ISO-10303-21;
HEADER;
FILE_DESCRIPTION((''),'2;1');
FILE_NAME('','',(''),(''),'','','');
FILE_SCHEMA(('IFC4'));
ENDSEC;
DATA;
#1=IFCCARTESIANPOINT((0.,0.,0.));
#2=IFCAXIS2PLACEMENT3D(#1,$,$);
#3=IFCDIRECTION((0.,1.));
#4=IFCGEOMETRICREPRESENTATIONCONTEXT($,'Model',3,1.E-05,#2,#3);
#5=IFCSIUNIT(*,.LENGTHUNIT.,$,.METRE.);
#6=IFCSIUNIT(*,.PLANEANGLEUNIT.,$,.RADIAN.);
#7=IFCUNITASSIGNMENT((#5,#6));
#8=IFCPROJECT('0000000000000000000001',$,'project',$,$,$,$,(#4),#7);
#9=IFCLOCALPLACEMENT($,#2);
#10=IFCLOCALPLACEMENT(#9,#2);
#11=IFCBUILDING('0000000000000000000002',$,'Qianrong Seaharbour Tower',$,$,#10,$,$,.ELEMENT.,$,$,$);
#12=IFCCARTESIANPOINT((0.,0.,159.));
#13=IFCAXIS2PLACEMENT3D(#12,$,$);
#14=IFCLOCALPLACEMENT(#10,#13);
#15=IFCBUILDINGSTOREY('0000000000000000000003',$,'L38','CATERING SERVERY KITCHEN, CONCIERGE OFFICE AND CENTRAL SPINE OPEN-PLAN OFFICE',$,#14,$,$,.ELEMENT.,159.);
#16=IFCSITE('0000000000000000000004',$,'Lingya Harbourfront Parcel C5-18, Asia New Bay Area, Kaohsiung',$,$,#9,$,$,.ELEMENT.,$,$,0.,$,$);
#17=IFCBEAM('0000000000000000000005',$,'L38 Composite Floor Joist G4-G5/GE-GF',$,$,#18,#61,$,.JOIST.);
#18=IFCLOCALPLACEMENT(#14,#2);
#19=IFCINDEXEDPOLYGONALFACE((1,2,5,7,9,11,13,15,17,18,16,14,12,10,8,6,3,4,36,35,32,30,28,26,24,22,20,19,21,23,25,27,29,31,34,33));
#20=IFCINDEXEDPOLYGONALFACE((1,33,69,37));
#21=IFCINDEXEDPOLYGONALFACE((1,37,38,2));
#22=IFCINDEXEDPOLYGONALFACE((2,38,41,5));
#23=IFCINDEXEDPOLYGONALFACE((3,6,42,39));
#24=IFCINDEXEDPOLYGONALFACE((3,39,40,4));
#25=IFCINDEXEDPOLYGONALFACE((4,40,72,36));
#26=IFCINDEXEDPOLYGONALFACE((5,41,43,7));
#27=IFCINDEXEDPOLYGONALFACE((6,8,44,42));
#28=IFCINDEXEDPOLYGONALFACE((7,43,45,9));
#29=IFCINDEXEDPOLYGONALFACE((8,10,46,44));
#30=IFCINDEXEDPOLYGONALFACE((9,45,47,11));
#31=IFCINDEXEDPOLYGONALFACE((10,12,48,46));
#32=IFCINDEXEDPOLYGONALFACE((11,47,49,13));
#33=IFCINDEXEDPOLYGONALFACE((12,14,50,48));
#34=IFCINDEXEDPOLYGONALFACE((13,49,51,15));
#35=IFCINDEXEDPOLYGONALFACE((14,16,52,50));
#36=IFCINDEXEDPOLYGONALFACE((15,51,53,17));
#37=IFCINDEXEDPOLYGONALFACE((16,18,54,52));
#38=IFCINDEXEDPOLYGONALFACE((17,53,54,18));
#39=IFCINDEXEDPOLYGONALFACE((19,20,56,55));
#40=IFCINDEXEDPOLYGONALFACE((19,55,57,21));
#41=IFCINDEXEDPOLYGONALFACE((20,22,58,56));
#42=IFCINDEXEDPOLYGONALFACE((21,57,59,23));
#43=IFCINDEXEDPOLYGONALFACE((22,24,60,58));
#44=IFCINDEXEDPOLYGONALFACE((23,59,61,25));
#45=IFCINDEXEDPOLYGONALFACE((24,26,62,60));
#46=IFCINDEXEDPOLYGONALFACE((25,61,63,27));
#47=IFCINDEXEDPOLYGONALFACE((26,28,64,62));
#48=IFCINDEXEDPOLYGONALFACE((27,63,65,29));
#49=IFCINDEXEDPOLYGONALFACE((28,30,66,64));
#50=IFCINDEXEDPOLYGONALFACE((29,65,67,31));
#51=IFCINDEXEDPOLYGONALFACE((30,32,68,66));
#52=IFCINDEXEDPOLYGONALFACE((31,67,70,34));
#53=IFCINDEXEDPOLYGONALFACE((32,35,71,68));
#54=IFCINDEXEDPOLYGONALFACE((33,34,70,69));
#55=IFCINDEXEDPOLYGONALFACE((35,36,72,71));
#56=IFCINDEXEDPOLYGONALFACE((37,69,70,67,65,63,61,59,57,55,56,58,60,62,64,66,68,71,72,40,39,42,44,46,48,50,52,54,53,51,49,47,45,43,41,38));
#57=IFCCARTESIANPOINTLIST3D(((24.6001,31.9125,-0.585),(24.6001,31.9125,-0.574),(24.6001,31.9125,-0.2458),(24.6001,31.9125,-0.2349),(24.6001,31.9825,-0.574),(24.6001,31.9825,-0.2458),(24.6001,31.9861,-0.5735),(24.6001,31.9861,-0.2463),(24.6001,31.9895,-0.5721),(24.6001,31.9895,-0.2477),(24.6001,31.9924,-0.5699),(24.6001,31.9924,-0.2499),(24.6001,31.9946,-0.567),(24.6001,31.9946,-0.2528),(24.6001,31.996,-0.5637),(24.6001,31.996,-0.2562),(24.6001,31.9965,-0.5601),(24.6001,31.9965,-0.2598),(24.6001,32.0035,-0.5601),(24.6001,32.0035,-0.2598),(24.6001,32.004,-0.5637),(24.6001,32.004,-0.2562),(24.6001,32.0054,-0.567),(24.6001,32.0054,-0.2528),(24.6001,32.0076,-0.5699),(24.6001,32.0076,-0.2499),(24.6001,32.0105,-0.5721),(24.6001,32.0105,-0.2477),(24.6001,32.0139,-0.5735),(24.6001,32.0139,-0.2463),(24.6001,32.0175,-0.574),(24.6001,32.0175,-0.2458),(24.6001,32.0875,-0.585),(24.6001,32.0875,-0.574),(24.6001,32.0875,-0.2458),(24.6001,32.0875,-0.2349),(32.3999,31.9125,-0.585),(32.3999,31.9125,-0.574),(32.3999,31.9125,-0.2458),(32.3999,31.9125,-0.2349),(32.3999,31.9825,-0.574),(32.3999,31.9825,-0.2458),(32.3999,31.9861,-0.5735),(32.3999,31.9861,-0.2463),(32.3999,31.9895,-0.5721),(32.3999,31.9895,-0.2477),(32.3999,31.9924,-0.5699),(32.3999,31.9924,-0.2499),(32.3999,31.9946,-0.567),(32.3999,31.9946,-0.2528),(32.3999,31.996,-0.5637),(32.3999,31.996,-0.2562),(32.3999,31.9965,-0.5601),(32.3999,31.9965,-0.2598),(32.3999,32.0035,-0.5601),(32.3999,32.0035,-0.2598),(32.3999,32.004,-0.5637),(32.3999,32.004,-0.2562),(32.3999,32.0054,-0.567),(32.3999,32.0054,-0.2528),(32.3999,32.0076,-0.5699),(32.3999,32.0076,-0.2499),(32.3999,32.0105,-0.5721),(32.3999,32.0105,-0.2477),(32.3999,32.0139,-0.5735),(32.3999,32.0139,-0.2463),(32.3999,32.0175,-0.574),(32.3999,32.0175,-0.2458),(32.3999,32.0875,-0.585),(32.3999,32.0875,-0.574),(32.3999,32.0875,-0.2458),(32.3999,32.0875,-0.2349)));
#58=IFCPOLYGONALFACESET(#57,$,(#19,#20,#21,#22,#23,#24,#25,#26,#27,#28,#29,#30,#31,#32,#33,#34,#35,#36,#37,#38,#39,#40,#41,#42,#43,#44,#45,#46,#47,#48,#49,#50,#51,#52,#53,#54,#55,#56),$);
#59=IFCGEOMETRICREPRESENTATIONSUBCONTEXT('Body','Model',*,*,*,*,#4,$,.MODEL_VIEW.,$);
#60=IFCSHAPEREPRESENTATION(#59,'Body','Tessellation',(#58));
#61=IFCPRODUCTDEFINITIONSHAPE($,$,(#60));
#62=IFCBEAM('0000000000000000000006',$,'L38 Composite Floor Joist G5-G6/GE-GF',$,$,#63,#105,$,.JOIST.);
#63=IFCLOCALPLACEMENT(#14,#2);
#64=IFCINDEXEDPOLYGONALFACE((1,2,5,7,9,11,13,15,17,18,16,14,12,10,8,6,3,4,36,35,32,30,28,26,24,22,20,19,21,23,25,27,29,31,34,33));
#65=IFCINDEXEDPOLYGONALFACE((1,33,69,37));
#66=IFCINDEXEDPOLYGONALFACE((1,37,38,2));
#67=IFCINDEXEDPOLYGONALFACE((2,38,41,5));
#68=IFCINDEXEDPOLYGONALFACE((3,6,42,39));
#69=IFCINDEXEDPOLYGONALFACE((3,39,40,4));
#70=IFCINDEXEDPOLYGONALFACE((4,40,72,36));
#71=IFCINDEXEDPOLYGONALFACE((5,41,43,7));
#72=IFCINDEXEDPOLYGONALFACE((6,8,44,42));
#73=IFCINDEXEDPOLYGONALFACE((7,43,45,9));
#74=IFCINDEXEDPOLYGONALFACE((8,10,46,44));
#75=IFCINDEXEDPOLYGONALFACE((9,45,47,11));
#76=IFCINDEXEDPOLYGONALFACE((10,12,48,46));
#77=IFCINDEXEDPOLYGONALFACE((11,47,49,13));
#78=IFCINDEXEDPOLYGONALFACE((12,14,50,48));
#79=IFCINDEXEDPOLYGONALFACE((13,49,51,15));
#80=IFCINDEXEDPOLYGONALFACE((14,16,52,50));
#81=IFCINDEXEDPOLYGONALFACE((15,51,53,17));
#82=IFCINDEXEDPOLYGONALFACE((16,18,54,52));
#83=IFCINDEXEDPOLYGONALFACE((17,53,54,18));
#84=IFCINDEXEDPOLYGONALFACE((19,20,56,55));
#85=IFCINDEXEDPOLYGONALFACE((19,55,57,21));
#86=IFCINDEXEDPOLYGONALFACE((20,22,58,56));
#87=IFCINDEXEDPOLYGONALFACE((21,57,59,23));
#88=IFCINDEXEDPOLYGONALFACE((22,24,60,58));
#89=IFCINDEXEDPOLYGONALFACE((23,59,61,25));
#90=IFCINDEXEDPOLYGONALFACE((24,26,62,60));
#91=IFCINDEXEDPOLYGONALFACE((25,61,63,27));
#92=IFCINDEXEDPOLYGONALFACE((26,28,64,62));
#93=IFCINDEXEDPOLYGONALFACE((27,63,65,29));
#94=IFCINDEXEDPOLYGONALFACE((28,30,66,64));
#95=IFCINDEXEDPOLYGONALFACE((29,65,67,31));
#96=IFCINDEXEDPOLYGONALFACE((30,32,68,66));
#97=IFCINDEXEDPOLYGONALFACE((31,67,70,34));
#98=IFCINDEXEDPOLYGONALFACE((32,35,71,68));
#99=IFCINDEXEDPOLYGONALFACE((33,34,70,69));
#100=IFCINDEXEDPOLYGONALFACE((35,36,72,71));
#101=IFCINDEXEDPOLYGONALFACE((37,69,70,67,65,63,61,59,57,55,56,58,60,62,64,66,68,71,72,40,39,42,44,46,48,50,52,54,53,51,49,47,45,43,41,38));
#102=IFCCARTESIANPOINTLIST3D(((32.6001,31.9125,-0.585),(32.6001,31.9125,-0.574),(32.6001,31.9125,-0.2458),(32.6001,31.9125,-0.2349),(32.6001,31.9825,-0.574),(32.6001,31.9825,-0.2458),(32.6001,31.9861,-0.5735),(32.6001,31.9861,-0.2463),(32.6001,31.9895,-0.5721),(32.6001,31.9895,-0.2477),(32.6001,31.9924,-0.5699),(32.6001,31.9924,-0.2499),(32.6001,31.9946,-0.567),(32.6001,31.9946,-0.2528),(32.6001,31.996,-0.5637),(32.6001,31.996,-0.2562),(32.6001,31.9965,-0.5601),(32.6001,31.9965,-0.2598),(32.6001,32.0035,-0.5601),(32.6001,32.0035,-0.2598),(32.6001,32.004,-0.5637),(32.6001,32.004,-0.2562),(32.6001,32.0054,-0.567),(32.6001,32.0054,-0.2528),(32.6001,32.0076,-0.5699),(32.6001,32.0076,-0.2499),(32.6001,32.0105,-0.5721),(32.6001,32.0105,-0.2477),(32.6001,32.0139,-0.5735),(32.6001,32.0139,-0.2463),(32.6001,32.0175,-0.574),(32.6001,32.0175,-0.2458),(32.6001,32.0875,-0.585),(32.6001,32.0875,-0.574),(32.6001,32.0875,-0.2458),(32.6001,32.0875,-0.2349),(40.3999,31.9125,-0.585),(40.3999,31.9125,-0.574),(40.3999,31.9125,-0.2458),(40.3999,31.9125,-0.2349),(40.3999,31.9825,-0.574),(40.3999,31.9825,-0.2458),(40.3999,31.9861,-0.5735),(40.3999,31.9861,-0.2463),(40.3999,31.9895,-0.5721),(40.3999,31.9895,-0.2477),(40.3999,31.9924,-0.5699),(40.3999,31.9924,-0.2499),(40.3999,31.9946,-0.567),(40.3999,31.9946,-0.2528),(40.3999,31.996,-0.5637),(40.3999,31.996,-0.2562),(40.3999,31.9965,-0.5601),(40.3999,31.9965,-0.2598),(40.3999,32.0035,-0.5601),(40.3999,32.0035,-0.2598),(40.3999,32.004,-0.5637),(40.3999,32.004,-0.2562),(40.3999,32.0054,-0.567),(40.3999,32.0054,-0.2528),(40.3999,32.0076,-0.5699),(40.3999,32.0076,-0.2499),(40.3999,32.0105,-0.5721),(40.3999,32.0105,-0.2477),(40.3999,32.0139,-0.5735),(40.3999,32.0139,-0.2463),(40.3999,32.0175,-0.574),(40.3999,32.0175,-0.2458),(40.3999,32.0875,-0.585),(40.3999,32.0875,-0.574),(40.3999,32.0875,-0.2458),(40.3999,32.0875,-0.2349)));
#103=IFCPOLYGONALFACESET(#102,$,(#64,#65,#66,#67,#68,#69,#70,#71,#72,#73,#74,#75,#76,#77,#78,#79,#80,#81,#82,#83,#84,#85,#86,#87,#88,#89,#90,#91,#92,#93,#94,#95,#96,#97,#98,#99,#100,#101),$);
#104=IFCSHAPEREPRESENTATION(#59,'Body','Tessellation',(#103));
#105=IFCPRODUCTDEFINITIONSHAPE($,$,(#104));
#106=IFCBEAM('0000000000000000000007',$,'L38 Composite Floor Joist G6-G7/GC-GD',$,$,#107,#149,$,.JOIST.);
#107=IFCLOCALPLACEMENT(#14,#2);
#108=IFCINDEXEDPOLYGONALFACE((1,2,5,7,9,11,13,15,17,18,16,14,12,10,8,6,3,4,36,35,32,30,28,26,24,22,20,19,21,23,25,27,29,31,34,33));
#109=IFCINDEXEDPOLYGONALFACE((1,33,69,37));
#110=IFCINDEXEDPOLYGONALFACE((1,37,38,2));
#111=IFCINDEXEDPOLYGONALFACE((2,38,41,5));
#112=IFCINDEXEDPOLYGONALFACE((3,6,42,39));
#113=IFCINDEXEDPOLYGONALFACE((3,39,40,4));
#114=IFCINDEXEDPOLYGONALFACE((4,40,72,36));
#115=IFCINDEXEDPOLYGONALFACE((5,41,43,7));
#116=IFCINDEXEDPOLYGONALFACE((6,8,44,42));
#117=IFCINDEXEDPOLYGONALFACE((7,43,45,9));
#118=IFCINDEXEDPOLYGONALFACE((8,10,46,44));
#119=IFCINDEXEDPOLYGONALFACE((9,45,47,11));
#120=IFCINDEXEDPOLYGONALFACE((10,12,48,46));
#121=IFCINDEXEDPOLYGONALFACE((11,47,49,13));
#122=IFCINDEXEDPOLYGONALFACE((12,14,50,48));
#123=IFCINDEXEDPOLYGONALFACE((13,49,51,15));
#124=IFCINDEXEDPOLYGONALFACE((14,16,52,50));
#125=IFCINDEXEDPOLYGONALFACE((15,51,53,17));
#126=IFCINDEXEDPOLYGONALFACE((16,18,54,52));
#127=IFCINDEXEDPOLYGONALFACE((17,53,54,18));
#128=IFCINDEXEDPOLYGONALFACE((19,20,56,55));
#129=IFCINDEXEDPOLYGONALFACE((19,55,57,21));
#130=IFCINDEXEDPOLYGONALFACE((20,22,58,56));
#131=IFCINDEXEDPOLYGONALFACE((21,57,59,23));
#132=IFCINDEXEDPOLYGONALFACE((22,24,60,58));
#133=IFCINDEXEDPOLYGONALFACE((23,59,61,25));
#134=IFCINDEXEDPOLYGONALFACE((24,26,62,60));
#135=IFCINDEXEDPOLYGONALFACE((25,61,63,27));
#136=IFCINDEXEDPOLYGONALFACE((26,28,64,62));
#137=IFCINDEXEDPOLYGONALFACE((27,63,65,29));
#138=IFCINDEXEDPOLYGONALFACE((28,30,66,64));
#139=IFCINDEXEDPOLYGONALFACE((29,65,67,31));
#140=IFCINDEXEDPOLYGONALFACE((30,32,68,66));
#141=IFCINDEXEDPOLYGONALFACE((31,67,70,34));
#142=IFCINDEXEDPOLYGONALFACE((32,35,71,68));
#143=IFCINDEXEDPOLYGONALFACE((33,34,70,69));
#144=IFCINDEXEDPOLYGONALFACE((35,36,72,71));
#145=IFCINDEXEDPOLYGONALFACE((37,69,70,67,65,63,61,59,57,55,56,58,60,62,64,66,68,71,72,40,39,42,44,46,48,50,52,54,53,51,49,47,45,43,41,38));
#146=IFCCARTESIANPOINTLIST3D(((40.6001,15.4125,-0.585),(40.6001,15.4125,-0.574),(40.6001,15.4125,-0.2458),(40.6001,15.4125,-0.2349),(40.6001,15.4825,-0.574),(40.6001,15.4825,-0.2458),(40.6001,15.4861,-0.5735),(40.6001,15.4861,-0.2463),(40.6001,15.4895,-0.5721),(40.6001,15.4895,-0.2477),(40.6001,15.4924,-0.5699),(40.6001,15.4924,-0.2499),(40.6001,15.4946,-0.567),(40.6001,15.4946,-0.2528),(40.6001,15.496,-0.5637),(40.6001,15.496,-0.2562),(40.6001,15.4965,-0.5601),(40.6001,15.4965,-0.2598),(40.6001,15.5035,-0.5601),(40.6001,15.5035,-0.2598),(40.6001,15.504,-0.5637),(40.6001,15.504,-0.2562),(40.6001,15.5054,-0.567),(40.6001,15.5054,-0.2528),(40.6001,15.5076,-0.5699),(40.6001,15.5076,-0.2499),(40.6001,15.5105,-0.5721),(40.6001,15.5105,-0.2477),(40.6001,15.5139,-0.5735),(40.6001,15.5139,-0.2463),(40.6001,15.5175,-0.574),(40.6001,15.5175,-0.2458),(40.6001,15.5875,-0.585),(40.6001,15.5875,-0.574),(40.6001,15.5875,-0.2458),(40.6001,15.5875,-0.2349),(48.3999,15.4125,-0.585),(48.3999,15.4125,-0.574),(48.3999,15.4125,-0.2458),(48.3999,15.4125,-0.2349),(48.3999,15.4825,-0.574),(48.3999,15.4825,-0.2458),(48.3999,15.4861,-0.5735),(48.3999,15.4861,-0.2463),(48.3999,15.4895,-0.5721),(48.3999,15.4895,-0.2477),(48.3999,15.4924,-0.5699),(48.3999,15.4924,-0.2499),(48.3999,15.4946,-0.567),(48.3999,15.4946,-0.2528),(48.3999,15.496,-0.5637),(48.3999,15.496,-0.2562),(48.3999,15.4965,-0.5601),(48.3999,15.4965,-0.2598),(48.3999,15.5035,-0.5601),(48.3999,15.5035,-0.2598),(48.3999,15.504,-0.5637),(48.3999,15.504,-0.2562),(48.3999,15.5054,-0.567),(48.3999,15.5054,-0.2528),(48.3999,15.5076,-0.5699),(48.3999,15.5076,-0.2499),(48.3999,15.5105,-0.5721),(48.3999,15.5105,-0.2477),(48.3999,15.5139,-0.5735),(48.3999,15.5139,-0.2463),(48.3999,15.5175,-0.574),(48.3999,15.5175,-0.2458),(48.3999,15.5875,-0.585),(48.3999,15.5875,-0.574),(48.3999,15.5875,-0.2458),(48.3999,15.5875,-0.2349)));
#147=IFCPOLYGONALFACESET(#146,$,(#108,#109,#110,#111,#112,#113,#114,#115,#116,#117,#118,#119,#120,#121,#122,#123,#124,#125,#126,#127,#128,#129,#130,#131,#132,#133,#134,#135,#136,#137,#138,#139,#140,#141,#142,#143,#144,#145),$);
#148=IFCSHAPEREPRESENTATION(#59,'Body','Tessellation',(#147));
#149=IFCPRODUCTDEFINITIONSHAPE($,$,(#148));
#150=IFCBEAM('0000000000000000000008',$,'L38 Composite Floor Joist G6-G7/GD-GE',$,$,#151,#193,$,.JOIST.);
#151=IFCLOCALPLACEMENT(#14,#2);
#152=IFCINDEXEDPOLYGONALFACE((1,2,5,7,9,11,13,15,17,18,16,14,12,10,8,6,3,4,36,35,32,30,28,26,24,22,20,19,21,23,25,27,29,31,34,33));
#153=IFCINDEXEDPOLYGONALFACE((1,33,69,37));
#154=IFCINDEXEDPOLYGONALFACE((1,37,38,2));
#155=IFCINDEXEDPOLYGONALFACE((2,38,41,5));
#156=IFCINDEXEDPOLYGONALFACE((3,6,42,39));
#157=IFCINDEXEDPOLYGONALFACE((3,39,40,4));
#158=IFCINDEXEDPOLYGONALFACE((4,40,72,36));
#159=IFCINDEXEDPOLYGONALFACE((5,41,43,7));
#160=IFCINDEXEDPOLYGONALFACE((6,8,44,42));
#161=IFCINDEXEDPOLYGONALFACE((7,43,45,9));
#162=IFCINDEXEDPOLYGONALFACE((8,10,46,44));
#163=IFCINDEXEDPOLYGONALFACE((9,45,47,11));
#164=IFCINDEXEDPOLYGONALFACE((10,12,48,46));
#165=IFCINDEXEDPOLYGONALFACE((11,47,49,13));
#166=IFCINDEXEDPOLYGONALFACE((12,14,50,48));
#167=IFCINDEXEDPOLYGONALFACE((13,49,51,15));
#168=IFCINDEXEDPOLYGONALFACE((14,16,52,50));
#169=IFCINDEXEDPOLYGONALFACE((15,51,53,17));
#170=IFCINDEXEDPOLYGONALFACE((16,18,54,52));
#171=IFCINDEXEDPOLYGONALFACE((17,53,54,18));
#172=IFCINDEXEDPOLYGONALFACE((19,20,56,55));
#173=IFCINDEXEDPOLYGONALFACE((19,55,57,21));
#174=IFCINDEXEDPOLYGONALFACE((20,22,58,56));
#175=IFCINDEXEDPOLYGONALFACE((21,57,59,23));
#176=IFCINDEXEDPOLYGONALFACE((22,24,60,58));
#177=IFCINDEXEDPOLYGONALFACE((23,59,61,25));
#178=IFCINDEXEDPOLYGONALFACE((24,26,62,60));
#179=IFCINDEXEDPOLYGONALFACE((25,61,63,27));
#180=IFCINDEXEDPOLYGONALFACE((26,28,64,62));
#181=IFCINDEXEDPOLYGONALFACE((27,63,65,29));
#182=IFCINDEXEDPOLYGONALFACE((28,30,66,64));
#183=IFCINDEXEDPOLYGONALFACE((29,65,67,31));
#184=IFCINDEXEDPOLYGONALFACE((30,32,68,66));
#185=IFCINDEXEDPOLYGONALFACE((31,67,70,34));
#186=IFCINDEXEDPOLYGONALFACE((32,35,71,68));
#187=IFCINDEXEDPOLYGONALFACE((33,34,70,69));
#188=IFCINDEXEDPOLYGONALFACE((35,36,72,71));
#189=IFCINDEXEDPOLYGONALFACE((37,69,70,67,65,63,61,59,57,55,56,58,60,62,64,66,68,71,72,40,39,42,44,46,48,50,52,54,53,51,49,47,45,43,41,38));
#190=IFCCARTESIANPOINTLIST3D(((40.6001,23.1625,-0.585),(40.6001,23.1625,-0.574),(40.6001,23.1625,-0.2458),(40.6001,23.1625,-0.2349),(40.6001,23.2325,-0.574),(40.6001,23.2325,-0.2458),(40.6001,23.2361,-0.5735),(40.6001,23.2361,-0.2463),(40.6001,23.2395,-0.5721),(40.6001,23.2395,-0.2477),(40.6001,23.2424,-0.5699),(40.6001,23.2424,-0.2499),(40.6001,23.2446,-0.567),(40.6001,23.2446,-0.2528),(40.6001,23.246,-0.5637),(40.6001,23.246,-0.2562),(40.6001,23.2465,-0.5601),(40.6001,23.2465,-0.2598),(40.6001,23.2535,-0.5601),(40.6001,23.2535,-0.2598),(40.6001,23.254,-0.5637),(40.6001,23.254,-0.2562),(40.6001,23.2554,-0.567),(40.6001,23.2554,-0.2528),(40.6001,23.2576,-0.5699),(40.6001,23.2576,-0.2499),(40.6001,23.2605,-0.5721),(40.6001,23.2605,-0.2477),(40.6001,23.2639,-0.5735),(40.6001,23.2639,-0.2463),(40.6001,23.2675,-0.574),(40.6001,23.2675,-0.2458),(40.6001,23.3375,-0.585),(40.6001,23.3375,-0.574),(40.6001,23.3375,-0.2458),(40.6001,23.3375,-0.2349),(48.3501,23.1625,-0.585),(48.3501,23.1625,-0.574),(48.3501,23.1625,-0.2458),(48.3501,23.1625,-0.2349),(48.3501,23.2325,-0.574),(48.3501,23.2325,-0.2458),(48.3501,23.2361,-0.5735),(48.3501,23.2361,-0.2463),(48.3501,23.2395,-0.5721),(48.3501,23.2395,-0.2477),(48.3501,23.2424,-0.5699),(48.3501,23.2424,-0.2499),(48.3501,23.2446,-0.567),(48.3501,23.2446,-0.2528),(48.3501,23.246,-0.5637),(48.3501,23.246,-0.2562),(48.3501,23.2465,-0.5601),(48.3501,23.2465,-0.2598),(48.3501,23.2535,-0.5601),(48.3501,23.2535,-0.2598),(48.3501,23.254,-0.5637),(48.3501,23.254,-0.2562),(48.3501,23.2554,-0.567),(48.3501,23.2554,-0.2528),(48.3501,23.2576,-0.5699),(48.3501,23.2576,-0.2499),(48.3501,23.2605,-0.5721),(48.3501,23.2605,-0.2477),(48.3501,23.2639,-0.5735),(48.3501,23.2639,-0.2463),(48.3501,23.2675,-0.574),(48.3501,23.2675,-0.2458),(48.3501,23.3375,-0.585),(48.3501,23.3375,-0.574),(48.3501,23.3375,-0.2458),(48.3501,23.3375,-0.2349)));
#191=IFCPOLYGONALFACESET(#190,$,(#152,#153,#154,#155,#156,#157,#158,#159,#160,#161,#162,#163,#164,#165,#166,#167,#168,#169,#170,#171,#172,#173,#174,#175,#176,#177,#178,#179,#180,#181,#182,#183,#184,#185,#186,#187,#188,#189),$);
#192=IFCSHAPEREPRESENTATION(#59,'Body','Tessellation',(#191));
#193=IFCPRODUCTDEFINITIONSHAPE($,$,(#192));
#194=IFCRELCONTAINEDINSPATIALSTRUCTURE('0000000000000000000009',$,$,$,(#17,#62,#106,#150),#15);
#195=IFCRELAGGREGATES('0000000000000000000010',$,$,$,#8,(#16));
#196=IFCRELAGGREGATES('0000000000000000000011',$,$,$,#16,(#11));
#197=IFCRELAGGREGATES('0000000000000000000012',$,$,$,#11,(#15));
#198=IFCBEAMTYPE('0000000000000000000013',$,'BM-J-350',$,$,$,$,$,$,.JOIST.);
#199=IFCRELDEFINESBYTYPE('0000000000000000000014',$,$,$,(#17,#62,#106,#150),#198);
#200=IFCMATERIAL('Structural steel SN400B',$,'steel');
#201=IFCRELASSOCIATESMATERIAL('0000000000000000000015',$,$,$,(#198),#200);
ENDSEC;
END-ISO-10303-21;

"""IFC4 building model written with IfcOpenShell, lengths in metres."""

from ifc_helpers import new_model, si_unit, direction, frame, origin, origin_2d, place, context, subcontext, project, spatial, i_section, extrude, material, material_profile, profile_set, type_object, element, save


model = new_model("IFC4")

# Units and contexts
model_context = context("Model", 3, precision=1e-05, world=origin(), true_north=direction((0.0, 1.0)))
body_context = subcontext(model_context, "Body", "Model", "MODEL_VIEW")
ifc_project = project(units=[si_unit("LENGTHUNIT", "METRE"), si_unit("PLANEANGLEUNIT", "RADIAN")], contexts=[model_context])

# Site, building, storey
site_placement = place(None, origin())
site = spatial("IfcSite", under=ifc_project, at=site_placement, Name="Lingya Harbourfront Parcel C5-18, Asia New Bay Area, Kaohsiung", CompositionType="ELEMENT", RefElevation=0.0)
building_placement = place(site_placement, origin())
building = spatial("IfcBuilding", under=site, at=building_placement, Name="Qianrong Seaharbour Tower", CompositionType="ELEMENT")
storey_placement = place(building_placement, frame((0.0, 0.0, 159.0)))
storey = spatial("IfcBuildingStorey", under=building, at=storey_placement, Name="L38", Description="CATERING SERVERY KITCHEN, CONCIERGE OFFICE AND CENTRAL SPINE OPEN-PLAN OFFICE", CompositionType="ELEMENT", Elevation=159.0)

# Beams
ifc_material_1 = material(Name="Structural steel SN400B", Category="steel")
ifc_material_profile_1 = material_profile(ifc_material_1, i_section(OverallWidth=0.175, OverallDepth=0.3501, WebThickness=0.0071, FlangeThickness=0.011, FilletRadius=0.0139, at=origin_2d()), Name="H350x175x7x11")
ifc_profile_set_1 = profile_set([ifc_material_profile_1], Name="Structural steel SN400B")
beam_type_1 = type_object("IfcBeamType", Name="BM-J-350", PredefinedType="JOIST", material=ifc_profile_set_1)
for number, where, z_axis, x_axis, name in (
    (1, (24.6001, 32.0, -0.4099), (1.0, 0.0, 0.0), (0.0, 1.0, 0.0), "L38 Composite Floor Joist G4-G5/GE-GF"),
    (2, (32.6001, 32.0, -0.4099), (1.0, 0.0, 0.0), (0.0, 1.0, 0.0), "L38 Composite Floor Joist G5-G6/GE-GF"),
    (3, (40.6001, 15.5, -0.4099), (1.0, 0.0, 0.0), (0.0, 1.0, 0.0), "L38 Composite Floor Joist G6-G7/GC-GD"),
):
    element("IfcBeam", number, at=place(storey_placement, frame(where, z_axis=z_axis, x_axis=x_axis)), inside=storey, type_object=beam_type_1, Name=name, PredefinedType="JOIST", context=body_context, shape_type="SweptSolid", body=[
        extrude(i_section(OverallWidth=0.175, OverallDepth=0.3501, WebThickness=0.0071, FlangeThickness=0.011, FilletRadius=0.0139, at=origin_2d()), origin(), (0.0, 0.0, 1.0), 7.7998),
    ])
beam_1_placement = place(storey_placement, frame((40.6001, 23.25, -0.4099), z_axis=(1.0, 0.0, 0.0), x_axis=(0.0, 1.0, 0.0)))
element("IfcBeam", 4, at=beam_1_placement, inside=storey, type_object=beam_type_1, Name="L38 Composite Floor Joist G6-G7/GD-GE", PredefinedType="JOIST", context=body_context, shape_type="SweptSolid", body=[
    extrude(i_section(OverallWidth=0.175, OverallDepth=0.3501, WebThickness=0.0071, FlangeThickness=0.011, FilletRadius=0.0139, at=origin_2d()), origin(), (0.0, 0.0, 1.0), 7.75),
])

save(model, "model.ifc")
